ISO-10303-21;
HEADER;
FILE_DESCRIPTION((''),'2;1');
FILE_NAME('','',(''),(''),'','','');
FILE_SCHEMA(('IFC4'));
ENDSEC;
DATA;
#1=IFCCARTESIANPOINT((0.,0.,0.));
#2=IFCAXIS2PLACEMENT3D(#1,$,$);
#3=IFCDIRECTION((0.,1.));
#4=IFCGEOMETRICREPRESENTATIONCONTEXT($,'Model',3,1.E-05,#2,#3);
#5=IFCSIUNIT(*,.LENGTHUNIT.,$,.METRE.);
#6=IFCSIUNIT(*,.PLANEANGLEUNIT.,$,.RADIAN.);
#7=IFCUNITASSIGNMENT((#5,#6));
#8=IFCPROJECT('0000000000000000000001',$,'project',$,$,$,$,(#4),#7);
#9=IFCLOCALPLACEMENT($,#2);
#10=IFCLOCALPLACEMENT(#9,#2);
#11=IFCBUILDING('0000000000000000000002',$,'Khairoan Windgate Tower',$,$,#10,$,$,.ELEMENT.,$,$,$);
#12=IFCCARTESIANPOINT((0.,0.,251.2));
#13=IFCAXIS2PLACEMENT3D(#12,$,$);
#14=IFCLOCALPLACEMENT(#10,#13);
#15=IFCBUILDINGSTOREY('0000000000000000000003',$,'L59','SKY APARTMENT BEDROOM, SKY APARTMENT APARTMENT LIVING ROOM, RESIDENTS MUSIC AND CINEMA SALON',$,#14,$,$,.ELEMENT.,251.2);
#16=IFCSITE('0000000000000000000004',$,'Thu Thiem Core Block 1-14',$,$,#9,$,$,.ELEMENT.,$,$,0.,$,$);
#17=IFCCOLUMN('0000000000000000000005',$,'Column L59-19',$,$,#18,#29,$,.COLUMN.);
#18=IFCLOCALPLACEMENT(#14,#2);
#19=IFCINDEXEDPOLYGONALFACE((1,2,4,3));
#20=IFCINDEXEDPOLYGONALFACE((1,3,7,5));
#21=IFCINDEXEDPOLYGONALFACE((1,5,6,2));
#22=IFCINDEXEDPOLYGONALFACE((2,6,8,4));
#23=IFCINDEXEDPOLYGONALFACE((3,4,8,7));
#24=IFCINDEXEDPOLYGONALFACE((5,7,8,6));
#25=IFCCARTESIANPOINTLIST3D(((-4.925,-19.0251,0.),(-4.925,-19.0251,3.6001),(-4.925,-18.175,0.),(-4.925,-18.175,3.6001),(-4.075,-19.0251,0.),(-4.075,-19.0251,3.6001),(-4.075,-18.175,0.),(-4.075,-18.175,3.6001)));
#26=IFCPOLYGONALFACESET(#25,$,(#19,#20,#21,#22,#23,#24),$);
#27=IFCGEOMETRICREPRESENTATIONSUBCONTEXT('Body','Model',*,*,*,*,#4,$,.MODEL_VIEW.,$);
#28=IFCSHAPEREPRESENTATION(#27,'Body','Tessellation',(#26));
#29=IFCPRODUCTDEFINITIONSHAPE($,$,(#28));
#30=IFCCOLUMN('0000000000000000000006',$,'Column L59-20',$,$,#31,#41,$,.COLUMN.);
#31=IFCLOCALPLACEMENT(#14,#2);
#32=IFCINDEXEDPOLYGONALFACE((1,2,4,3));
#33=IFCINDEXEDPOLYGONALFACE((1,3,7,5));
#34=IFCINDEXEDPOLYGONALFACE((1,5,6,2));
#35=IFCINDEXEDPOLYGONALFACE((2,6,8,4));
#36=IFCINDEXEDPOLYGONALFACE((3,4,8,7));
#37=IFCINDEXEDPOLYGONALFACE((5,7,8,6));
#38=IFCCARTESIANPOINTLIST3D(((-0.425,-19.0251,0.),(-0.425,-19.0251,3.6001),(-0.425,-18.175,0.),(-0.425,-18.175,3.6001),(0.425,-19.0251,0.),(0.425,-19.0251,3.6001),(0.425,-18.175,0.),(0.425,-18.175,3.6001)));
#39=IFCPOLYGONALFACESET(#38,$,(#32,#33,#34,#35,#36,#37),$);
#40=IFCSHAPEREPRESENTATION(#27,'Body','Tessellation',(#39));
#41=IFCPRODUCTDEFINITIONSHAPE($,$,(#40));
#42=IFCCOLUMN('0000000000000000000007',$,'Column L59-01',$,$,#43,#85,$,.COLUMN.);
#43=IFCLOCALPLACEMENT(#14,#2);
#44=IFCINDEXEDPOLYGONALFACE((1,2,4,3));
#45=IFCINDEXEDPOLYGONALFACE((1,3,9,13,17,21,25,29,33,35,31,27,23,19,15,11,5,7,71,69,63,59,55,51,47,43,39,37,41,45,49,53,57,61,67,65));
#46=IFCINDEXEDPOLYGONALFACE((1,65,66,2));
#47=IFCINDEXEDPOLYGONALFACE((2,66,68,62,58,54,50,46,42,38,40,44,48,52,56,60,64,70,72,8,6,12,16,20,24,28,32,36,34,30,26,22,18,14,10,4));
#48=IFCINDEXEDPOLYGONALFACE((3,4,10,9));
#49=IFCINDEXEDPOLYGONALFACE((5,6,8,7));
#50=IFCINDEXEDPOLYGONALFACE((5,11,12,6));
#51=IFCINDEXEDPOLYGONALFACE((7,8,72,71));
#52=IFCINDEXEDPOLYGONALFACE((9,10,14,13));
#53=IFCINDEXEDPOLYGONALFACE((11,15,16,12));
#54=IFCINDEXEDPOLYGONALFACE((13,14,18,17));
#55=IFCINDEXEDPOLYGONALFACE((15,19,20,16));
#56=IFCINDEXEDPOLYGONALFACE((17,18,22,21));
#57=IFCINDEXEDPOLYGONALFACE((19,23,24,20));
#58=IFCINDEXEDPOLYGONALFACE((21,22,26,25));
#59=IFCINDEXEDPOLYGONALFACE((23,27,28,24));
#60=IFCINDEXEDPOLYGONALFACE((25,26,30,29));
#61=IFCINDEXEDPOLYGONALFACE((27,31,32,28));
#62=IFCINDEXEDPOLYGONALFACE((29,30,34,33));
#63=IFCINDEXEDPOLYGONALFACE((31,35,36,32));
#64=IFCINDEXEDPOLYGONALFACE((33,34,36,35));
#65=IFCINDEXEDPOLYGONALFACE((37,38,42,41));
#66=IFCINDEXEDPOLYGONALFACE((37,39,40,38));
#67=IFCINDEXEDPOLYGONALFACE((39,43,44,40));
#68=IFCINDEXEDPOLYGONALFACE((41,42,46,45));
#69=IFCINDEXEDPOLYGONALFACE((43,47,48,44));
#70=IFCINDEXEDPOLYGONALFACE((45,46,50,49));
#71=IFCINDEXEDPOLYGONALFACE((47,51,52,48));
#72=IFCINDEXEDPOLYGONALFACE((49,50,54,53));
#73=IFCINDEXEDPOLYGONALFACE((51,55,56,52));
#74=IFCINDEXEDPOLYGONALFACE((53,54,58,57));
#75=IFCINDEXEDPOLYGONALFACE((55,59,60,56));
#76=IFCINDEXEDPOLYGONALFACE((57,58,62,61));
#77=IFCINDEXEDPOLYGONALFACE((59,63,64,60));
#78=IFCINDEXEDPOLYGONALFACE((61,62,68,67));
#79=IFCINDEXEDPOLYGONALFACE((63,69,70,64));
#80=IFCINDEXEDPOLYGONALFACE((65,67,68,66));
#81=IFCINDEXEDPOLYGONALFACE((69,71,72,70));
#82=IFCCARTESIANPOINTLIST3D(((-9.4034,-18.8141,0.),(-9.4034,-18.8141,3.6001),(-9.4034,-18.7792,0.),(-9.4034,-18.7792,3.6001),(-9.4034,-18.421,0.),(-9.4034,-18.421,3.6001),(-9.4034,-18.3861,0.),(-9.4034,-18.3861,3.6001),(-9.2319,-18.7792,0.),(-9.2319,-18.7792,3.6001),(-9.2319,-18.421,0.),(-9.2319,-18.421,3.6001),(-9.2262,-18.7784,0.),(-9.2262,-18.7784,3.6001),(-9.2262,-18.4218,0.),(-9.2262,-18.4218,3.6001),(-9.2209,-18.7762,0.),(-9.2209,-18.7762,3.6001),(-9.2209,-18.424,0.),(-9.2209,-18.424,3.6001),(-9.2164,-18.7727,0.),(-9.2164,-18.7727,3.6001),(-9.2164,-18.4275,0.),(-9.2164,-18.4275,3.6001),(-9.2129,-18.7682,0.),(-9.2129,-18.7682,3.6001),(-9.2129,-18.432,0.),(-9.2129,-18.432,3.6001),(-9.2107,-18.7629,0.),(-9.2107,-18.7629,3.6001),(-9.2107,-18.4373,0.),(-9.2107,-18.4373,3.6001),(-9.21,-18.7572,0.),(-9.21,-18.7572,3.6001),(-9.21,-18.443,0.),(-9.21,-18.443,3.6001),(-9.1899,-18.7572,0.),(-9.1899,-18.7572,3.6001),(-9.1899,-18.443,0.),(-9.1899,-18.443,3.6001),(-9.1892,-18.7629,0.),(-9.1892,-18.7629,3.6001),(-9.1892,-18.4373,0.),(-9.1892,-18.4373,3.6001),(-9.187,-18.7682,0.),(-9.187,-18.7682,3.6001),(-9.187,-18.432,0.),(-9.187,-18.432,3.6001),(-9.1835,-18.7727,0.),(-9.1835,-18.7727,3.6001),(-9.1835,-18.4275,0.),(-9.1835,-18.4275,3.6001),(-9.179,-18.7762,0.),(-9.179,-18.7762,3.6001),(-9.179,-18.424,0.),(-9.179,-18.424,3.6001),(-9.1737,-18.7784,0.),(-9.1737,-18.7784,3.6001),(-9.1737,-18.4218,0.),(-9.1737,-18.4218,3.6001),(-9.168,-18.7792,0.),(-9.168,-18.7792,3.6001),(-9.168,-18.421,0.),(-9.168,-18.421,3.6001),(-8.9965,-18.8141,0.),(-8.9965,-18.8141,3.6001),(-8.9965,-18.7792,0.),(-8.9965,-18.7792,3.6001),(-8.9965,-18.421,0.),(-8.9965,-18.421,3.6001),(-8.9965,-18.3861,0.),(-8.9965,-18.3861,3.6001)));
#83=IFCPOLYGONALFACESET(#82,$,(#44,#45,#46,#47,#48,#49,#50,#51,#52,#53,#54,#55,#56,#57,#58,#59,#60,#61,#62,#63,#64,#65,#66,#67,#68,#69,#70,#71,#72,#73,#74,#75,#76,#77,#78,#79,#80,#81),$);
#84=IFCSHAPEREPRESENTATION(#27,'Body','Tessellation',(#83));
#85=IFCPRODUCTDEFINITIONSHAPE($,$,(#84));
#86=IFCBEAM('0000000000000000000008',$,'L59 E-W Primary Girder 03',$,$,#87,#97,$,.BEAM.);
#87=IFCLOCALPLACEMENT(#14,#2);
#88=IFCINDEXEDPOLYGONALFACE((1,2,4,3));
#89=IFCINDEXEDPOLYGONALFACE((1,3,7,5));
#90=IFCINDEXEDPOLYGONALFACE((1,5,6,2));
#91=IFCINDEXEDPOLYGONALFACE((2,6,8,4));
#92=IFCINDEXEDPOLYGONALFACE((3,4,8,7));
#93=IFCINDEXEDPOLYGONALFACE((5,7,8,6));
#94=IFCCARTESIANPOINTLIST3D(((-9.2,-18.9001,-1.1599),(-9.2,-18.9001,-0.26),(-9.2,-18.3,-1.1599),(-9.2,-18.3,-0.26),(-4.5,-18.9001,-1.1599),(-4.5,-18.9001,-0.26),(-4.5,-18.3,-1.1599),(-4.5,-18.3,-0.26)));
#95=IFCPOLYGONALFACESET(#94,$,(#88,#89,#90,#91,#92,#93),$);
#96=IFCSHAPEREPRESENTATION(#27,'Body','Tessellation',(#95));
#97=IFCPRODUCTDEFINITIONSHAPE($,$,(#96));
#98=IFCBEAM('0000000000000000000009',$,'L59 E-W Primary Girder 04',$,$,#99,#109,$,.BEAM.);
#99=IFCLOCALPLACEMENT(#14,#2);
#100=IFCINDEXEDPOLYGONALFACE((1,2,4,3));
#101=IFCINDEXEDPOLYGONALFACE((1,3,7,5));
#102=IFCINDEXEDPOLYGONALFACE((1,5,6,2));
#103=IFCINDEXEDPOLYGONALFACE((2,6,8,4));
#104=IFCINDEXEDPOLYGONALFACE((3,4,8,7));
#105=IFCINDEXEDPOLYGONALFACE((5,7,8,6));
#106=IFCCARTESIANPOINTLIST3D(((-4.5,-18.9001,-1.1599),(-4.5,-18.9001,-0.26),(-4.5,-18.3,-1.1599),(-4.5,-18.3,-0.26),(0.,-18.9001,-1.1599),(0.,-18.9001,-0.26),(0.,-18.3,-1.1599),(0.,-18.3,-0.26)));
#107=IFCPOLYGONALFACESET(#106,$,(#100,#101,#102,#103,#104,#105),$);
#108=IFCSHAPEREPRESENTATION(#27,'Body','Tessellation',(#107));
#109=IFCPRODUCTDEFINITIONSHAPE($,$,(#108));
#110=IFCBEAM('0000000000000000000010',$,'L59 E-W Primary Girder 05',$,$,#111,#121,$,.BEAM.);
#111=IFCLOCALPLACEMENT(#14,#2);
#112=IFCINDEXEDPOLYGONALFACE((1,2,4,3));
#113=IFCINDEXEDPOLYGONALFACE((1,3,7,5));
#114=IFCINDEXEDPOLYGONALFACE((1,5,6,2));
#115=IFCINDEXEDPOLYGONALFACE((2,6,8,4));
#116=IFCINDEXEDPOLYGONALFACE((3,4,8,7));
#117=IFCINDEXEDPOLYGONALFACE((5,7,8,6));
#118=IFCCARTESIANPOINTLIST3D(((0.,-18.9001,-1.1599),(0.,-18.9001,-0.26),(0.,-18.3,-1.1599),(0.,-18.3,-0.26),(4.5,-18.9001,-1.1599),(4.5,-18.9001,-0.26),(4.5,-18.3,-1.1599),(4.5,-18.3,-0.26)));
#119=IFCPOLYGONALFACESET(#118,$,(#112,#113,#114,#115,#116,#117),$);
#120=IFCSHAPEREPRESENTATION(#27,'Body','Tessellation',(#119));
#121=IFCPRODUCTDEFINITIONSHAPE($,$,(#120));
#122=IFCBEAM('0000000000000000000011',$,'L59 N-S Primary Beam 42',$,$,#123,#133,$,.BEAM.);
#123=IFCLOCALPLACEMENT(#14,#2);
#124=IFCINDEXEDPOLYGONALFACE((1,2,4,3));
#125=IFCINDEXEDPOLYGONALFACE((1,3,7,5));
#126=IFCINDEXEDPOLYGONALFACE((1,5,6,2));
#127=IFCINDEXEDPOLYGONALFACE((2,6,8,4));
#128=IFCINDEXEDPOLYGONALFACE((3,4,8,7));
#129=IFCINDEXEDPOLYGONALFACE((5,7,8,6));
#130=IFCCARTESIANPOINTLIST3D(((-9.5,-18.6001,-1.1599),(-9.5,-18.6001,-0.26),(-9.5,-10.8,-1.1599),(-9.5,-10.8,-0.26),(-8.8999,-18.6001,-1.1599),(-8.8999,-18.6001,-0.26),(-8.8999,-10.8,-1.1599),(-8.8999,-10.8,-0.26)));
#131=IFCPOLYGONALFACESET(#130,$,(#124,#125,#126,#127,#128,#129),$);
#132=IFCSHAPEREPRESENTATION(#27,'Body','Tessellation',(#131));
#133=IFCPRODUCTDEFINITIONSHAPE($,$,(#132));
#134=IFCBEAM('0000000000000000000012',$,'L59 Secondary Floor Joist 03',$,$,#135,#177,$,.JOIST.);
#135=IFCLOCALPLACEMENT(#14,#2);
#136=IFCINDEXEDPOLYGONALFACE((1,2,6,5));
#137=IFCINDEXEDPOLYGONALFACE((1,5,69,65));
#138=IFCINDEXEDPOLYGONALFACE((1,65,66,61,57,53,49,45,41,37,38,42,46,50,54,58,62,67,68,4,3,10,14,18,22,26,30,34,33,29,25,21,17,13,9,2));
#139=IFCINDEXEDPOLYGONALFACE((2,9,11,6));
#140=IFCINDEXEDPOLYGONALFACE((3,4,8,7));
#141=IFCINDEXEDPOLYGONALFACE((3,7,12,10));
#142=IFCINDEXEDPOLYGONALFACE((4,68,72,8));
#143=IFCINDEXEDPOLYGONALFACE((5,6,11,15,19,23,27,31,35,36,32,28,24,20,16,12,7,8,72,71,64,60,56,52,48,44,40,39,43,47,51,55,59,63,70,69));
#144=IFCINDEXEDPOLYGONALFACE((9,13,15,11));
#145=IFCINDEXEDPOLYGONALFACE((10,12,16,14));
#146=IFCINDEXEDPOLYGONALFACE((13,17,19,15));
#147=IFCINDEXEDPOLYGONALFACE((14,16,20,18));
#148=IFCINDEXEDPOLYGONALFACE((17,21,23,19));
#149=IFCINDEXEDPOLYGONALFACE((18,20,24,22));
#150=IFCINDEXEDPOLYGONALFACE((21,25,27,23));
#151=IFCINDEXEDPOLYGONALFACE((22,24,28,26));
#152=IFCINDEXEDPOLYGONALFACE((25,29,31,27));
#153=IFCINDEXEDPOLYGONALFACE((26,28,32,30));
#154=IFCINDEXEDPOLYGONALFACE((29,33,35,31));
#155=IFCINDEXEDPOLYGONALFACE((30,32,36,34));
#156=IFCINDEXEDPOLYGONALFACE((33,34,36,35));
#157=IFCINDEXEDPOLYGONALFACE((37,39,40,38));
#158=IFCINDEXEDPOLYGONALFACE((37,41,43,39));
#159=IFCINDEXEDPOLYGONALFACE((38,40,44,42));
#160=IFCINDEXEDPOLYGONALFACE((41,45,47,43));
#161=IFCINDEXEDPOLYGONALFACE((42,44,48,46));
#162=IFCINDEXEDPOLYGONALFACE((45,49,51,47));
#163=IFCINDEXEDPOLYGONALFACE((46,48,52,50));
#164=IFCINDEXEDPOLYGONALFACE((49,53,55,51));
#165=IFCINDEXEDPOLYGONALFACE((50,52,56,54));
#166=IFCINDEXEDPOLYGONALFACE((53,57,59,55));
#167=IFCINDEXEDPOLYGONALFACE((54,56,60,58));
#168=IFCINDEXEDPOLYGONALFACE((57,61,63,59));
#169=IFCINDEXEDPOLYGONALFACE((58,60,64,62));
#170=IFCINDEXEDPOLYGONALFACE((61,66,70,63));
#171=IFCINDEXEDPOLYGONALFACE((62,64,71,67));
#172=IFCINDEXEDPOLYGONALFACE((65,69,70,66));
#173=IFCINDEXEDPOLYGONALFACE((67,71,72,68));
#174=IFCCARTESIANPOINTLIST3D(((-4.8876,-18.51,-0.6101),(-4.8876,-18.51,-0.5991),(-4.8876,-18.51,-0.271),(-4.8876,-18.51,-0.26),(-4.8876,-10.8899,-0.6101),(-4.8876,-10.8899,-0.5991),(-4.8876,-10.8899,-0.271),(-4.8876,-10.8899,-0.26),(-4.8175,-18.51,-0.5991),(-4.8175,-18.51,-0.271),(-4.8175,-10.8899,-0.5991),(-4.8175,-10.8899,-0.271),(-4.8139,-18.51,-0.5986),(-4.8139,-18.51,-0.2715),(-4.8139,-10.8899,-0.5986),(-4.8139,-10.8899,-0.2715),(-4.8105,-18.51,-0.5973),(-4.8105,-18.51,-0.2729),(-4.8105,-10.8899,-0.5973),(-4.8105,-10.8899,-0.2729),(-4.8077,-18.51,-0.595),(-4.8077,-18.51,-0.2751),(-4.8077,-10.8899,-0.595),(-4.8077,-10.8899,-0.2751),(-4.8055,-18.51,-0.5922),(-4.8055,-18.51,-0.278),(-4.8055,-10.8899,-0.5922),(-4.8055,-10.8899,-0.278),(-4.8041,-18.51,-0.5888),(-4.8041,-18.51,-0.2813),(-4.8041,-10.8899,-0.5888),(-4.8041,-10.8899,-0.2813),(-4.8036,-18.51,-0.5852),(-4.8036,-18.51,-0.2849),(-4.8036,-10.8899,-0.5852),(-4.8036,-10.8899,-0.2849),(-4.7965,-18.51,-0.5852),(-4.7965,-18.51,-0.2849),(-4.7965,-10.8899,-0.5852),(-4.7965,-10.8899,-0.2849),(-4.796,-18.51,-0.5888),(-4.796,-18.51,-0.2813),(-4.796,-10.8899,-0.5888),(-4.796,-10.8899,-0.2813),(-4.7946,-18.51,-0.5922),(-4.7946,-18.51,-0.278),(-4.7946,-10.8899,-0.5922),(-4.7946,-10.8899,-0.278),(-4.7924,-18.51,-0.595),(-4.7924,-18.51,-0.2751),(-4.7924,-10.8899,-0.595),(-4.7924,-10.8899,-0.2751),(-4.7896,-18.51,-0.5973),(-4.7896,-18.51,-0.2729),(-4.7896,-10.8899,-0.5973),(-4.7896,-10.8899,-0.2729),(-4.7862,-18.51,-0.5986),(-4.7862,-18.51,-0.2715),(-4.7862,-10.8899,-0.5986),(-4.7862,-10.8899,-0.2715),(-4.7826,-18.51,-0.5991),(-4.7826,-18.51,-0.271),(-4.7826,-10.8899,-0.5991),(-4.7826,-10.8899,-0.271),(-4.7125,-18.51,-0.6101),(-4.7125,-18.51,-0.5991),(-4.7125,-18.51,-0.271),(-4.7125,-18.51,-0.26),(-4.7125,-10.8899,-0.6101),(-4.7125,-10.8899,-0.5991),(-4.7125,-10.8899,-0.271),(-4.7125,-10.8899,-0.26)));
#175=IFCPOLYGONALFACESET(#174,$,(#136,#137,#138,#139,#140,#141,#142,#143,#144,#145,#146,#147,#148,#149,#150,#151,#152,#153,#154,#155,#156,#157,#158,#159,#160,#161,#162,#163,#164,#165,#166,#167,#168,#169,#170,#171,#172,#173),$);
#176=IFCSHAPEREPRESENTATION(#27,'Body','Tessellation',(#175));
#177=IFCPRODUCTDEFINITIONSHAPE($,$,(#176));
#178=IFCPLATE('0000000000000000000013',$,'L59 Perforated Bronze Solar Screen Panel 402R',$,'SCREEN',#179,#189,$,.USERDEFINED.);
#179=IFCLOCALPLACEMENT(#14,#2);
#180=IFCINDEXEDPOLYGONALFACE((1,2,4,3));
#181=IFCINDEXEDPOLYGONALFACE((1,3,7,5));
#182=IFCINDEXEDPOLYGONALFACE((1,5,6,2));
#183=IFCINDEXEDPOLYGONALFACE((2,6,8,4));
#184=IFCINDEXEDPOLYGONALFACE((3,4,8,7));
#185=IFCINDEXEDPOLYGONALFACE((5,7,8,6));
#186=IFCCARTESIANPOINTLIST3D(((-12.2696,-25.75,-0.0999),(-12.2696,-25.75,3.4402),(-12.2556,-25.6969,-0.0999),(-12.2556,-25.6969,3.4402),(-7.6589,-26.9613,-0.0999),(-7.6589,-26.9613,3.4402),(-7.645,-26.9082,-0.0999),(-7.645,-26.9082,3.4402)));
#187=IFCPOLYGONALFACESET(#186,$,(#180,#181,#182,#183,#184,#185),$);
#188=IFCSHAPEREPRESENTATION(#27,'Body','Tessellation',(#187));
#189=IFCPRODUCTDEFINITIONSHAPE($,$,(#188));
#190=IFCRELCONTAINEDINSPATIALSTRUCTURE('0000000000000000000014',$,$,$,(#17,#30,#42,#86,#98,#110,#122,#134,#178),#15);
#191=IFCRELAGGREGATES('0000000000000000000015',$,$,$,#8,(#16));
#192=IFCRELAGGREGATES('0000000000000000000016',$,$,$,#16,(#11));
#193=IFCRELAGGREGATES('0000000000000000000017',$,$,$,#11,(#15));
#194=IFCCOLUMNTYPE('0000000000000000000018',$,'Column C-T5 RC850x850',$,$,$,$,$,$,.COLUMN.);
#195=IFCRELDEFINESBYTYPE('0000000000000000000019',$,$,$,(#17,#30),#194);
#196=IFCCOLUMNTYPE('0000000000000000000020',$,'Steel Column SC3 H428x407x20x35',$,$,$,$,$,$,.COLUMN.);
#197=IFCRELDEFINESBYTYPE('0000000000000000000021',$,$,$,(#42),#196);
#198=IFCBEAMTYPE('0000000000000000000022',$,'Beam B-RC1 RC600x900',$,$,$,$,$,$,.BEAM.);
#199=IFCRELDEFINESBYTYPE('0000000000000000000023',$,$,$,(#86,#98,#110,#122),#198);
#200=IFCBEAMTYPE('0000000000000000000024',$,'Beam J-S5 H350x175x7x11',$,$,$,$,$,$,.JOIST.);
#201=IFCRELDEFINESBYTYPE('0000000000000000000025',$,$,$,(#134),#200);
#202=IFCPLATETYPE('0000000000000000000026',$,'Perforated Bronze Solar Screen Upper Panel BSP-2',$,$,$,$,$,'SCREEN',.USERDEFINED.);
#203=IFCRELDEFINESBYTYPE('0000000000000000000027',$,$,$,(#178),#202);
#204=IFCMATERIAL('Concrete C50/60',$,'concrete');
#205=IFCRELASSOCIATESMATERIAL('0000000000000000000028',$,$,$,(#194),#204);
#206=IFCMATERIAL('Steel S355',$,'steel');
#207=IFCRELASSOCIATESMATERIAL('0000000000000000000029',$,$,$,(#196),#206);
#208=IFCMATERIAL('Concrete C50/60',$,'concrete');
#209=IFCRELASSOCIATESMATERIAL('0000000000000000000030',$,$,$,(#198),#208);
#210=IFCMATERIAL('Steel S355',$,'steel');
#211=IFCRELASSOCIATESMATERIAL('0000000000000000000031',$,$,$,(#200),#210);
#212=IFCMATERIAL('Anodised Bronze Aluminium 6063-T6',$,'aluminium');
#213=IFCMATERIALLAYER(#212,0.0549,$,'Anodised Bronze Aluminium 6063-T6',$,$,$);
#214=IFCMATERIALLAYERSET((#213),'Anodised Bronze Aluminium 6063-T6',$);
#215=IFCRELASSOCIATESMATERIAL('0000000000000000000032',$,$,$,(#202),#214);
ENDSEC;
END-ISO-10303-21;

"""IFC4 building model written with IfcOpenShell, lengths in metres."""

from ifc_helpers import new_model, si_unit, direction, frame, origin, origin_2d, place, context, subcontext, project, spatial, rectangle, i_section, extrude, material, layer, layer_set, material_profile, profile_set, type_object, element, save


model = new_model("IFC4")

# Units and contexts
model_context = context("Model", 3, precision=1e-05, world=origin(), true_north=direction((0.0, 1.0)))
body_context = subcontext(model_context, "Body", "Model", "MODEL_VIEW")
ifc_project = project(units=[si_unit("LENGTHUNIT", "METRE"), si_unit("PLANEANGLEUNIT", "RADIAN")], contexts=[model_context])

# Site, building, storey
site_placement = place(None, origin())
site = spatial("IfcSite", under=ifc_project, at=site_placement, Name="Thu Thiem Core Block 1-14", CompositionType="ELEMENT", RefElevation=0.0)
building_placement = place(site_placement, origin())
building = spatial("IfcBuilding", under=site, at=building_placement, Name="Khairoan Windgate Tower", CompositionType="ELEMENT")
storey_placement = place(building_placement, frame((0.0, 0.0, 251.2)))
storey = spatial("IfcBuildingStorey", under=building, at=storey_placement, Name="L59", Description="SKY APARTMENT BEDROOM, SKY APARTMENT APARTMENT LIVING ROOM, RESIDENTS MUSIC AND CINEMA SALON", CompositionType="ELEMENT", Elevation=251.2)

# Columns
ifc_material_1 = material(Name="Concrete C50/60", Category="concrete")
ifc_material_profile_1 = material_profile(ifc_material_1, rectangle(XDim=0.8501, YDim=0.8501, at=origin_2d()))
ifc_profile_set_1 = profile_set([ifc_material_profile_1], Name="Concrete C50/60")
column_type_1 = type_object("IfcColumnType", Name="Column C-T5 RC850x850", PredefinedType="COLUMN", material=ifc_profile_set_1)
for number, where, z_axis, x_axis, name in (
    (1, (-4.5, -18.6001, 0.0), (0.0, 0.0, 1.0), (1.0, 0.0, 0.0), "Column L59-19"),
    (2, (0.0, -18.6001, 0.0), (0.0, 0.0, 1.0), (1.0, 0.0, 0.0), "Column L59-20"),
):
    element("IfcColumn", number, at=place(storey_placement, frame(where, z_axis=z_axis, x_axis=x_axis)), inside=storey, type_object=column_type_1, Name=name, PredefinedType="COLUMN", context=body_context, shape_type="SweptSolid", body=[
        extrude(rectangle(XDim=0.8501, YDim=0.8501, at=origin_2d()), origin(), (0.0, 0.0, 1.0), 3.6001),
    ])
ifc_material_2 = material(Name="Steel S355", Category="steel")
ifc_material_profile_2 = material_profile(ifc_material_2, i_section(OverallWidth=0.407, OverallDepth=0.428, WebThickness=0.02, FlangeThickness=0.0349, FilletRadius=0.022, at=origin_2d()))
ifc_profile_set_2 = profile_set([ifc_material_profile_2], Name="Steel S355")
column_type_2 = type_object("IfcColumnType", Name="Steel Column SC3 H428x407x20x35", PredefinedType="COLUMN", material=ifc_profile_set_2)
column_placement = place(storey_placement, frame((-9.2, -18.6001, 0.0), z_axis=(0.0, 0.0, 1.0), x_axis=(1.0, 0.0, 0.0)))
element("IfcColumn", 3, at=column_placement, inside=storey, type_object=column_type_2, Name="Column L59-01", PredefinedType="COLUMN", context=body_context, shape_type="SweptSolid", body=[
    extrude(i_section(OverallWidth=0.407, OverallDepth=0.428, WebThickness=0.02, FlangeThickness=0.0349, FilletRadius=0.022, at=origin_2d()), origin(), (0.0, 0.0, 1.0), 3.6001),
])

# Beams
ifc_material_3 = material(Name="Concrete C50/60", Category="concrete")
ifc_material_profile_3 = material_profile(ifc_material_3, rectangle(XDim=0.6001, YDim=0.8999, at=origin_2d()))
ifc_profile_set_3 = profile_set([ifc_material_profile_3], Name="Concrete C50/60")
beam_type_1 = type_object("IfcBeamType", Name="Beam B-RC1 RC600x900", PredefinedType="BEAM", material=ifc_profile_set_3)
beam_1_placement = place(storey_placement, frame((-9.2, -18.6001, -0.71), z_axis=(1.0, 0.0, 0.0), x_axis=(0.0, 1.0, 0.0)))
element("IfcBeam", 4, at=beam_1_placement, inside=storey, type_object=beam_type_1, Name="L59 E-W Primary Girder 03", PredefinedType="BEAM", context=body_context, shape_type="SweptSolid", body=[
    extrude(rectangle(XDim=0.6001, YDim=0.8999, at=origin_2d()), origin(), (0.0, 0.0, 1.0), 4.7),
])
for number, where, z_axis, x_axis, name in (
    (5, (-4.5, -18.6001, -0.71), (1.0, 0.0, 0.0), (0.0, 1.0, 0.0), "L59 E-W Primary Girder 04"),
    (6, (0.0, -18.6001, -0.71), (1.0, 0.0, 0.0), (0.0, 1.0, 0.0), "L59 E-W Primary Girder 05"),
):
    element("IfcBeam", number, at=place(storey_placement, frame(where, z_axis=z_axis, x_axis=x_axis)), inside=storey, type_object=beam_type_1, Name=name, PredefinedType="BEAM", context=body_context, shape_type="SweptSolid", body=[
        extrude(rectangle(XDim=0.6001, YDim=0.8999, at=origin_2d()), origin(), (0.0, 0.0, 1.0), 4.5),
    ])
beam_2_placement = place(storey_placement, frame((-9.2, -18.6001, -0.71), z_axis=(0.0, 1.0, 0.0), x_axis=(-1.0, 0.0, 0.0)))
element("IfcBeam", 7, at=beam_2_placement, inside=storey, type_object=beam_type_1, Name="L59 N-S Primary Beam 42", PredefinedType="BEAM", context=body_context, shape_type="SweptSolid", body=[
    extrude(rectangle(XDim=0.6001, YDim=0.8999, at=origin_2d()), origin(), (0.0, 0.0, 1.0), 7.8),
])
ifc_material_4 = material(Name="Steel S355", Category="steel")
ifc_material_profile_4 = material_profile(ifc_material_4, i_section(OverallWidth=0.175, OverallDepth=0.3501, WebThickness=0.0071, FlangeThickness=0.011, FilletRadius=0.0139, at=origin_2d()))
ifc_profile_set_4 = profile_set([ifc_material_profile_4], Name="Steel S355")
beam_type_2 = type_object("IfcBeamType", Name="Beam J-S5 H350x175x7x11", PredefinedType="JOIST", material=ifc_profile_set_4)
beam_3_placement = place(storey_placement, frame((-4.8, -18.51, -0.4351), z_axis=(0.0, 1.0, 0.0), x_axis=(-1.0, 0.0, 0.0)))
element("IfcBeam", 8, at=beam_3_placement, inside=storey, type_object=beam_type_2, Name="L59 Secondary Floor Joist 03", PredefinedType="JOIST", context=body_context, shape_type="SweptSolid", body=[
    extrude(i_section(OverallWidth=0.175, OverallDepth=0.3501, WebThickness=0.0071, FlangeThickness=0.011, FilletRadius=0.0139, at=origin_2d()), origin(), (0.0, 0.0, 1.0), 7.6201),
])

# Plate
ifc_material_5 = material(Name="Anodised Bronze Aluminium 6063-T6", Category="aluminium")
ifc_layer_1 = layer(ifc_material_5, 0.0549, Name="Anodised Bronze Aluminium 6063-T6")
ifc_layer_set_1 = layer_set([ifc_layer_1], Name="Anodised Bronze Aluminium 6063-T6")
plate_type = type_object("IfcPlateType", Name="Perforated Bronze Solar Screen Upper Panel BSP-2", ElementType="SCREEN", PredefinedType="USERDEFINED", material=ifc_layer_set_1)
plate_placement = place(storey_placement, frame((-9.9573, -26.3291, -0.0999), z_axis=(0.0, 0.0, 1.0), x_axis=(-0.967179, 0.254096, 0.0)))
element("IfcPlate", 9, at=plate_placement, inside=storey, type_object=plate_type, Name="L59 Perforated Bronze Solar Screen Panel 402R", ObjectType="SCREEN", PredefinedType="USERDEFINED", context=body_context, shape_type="SweptSolid", body=[
    extrude(rectangle(XDim=4.7671, YDim=0.0549, at=origin_2d()), origin(), (0.0, 0.0, 1.0), 3.54),
])

save(model, "model.ifc")
